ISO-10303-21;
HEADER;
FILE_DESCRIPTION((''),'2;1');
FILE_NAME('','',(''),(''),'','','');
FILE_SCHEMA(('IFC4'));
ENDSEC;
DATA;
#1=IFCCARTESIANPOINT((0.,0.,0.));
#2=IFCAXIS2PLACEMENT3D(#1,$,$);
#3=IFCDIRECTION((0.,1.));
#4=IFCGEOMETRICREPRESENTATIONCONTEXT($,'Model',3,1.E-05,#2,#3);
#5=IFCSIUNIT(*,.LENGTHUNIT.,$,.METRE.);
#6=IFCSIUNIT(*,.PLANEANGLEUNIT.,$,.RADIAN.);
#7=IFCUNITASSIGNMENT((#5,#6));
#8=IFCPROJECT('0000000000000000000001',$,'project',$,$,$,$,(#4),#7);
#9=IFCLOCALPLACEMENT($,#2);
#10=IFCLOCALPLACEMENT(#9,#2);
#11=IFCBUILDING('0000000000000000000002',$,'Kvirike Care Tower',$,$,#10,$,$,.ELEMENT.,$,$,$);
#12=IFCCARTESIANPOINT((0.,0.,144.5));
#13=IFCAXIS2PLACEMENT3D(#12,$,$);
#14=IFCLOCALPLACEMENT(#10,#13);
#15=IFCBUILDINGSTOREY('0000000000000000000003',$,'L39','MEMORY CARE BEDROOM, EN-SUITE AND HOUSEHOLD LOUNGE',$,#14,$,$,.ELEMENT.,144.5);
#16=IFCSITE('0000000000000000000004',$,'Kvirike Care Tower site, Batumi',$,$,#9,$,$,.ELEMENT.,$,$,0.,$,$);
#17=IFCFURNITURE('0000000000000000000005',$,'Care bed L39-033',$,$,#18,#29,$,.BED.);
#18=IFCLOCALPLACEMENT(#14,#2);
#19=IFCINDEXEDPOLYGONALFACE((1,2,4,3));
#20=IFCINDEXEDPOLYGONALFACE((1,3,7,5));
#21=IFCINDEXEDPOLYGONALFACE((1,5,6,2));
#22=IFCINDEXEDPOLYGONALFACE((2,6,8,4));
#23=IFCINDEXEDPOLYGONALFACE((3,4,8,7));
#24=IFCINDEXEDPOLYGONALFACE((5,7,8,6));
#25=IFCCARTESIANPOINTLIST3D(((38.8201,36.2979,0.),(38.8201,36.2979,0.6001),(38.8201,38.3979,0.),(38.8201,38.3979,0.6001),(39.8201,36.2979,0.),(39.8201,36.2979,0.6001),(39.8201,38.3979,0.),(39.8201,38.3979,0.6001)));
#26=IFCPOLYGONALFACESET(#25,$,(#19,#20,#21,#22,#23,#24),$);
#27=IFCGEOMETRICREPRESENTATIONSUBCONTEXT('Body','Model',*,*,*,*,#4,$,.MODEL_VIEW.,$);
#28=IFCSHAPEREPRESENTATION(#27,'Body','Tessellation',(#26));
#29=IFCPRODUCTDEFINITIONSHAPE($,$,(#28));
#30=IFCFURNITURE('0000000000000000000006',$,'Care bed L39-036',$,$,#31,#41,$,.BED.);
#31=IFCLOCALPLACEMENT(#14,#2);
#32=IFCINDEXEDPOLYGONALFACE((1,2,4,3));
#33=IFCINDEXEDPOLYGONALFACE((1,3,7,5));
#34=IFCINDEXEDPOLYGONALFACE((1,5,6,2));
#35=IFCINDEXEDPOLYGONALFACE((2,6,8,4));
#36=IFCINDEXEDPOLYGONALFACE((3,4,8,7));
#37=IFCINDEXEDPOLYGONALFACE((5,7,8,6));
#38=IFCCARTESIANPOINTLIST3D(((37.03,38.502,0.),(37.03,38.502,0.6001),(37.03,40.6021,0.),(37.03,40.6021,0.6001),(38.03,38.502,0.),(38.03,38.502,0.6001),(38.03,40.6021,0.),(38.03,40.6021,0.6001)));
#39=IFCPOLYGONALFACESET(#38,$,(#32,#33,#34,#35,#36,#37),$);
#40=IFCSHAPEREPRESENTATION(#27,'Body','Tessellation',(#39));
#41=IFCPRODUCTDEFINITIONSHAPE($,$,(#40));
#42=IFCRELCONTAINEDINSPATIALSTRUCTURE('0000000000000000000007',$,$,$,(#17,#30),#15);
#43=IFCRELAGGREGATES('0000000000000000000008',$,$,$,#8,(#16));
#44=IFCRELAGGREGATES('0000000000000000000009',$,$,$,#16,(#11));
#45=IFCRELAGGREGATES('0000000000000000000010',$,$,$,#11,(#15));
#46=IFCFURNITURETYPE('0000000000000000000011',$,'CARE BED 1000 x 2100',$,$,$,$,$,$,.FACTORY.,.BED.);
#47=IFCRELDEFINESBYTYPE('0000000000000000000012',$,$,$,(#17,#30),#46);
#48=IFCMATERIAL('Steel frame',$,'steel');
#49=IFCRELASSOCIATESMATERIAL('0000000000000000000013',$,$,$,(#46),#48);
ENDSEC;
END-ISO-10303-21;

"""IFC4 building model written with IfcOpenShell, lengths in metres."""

from ifc_helpers import new_model, si_unit, direction, frame, origin, origin_2d, place, context, subcontext, project, spatial, rectangle, extrude, material, type_object, element, save


model = new_model("IFC4")

# Units and contexts
model_context = context("Model", 3, precision=1e-05, world=origin(), true_north=direction((0.0, 1.0)))
body_context = subcontext(model_context, "Body", "Model", "MODEL_VIEW")
ifc_project = project(units=[si_unit("LENGTHUNIT", "METRE"), si_unit("PLANEANGLEUNIT", "RADIAN")], contexts=[model_context])

# Site, building, storey
site_placement = place(None, origin())
site = spatial("IfcSite", under=ifc_project, at=site_placement, Name="Kvirike Care Tower site, Batumi", CompositionType="ELEMENT", RefElevation=0.0)
building_placement = place(site_placement, origin())
building = spatial("IfcBuilding", under=site, at=building_placement, Name="Kvirike Care Tower", CompositionType="ELEMENT")
storey_placement = place(building_placement, frame((0.0, 0.0, 144.5)))
storey = spatial("IfcBuildingStorey", under=building, at=storey_placement, Name="L39", Description="MEMORY CARE BEDROOM, EN-SUITE AND HOUSEHOLD LOUNGE", CompositionType="ELEMENT", Elevation=144.5)

# Furniture
ifc_material_1 = material(Name="Steel frame", Category="steel")
furniture_type = type_object("IfcFurnitureType", Name="CARE BED 1000 x 2100", AssemblyPlace="FACTORY", PredefinedType="BED", material=ifc_material_1)
for number, where, z_axis, x_axis, name in (
    (1, (39.3201, 37.3479, 0.0), (0.0, 0.0, 1.0), (1.0, 0.0, 0.0), "Care bed L39-033"),
    (2, (37.53, 39.552, 0.0), (0.0, 0.0, 1.0), (-1.0, 0.0, 0.0), "Care bed L39-036"),
):
    element("IfcFurniture", number, at=place(storey_placement, frame(where, z_axis=z_axis, x_axis=x_axis)), inside=storey, type_object=furniture_type, Name=name, PredefinedType="BED", context=body_context, shape_type="SweptSolid", body=[
        extrude(rectangle(XDim=1.0, YDim=2.1001, at=origin_2d()), origin(), (0.0, 0.0, 1.0), 0.6001),
    ])

save(model, "model.ifc")
